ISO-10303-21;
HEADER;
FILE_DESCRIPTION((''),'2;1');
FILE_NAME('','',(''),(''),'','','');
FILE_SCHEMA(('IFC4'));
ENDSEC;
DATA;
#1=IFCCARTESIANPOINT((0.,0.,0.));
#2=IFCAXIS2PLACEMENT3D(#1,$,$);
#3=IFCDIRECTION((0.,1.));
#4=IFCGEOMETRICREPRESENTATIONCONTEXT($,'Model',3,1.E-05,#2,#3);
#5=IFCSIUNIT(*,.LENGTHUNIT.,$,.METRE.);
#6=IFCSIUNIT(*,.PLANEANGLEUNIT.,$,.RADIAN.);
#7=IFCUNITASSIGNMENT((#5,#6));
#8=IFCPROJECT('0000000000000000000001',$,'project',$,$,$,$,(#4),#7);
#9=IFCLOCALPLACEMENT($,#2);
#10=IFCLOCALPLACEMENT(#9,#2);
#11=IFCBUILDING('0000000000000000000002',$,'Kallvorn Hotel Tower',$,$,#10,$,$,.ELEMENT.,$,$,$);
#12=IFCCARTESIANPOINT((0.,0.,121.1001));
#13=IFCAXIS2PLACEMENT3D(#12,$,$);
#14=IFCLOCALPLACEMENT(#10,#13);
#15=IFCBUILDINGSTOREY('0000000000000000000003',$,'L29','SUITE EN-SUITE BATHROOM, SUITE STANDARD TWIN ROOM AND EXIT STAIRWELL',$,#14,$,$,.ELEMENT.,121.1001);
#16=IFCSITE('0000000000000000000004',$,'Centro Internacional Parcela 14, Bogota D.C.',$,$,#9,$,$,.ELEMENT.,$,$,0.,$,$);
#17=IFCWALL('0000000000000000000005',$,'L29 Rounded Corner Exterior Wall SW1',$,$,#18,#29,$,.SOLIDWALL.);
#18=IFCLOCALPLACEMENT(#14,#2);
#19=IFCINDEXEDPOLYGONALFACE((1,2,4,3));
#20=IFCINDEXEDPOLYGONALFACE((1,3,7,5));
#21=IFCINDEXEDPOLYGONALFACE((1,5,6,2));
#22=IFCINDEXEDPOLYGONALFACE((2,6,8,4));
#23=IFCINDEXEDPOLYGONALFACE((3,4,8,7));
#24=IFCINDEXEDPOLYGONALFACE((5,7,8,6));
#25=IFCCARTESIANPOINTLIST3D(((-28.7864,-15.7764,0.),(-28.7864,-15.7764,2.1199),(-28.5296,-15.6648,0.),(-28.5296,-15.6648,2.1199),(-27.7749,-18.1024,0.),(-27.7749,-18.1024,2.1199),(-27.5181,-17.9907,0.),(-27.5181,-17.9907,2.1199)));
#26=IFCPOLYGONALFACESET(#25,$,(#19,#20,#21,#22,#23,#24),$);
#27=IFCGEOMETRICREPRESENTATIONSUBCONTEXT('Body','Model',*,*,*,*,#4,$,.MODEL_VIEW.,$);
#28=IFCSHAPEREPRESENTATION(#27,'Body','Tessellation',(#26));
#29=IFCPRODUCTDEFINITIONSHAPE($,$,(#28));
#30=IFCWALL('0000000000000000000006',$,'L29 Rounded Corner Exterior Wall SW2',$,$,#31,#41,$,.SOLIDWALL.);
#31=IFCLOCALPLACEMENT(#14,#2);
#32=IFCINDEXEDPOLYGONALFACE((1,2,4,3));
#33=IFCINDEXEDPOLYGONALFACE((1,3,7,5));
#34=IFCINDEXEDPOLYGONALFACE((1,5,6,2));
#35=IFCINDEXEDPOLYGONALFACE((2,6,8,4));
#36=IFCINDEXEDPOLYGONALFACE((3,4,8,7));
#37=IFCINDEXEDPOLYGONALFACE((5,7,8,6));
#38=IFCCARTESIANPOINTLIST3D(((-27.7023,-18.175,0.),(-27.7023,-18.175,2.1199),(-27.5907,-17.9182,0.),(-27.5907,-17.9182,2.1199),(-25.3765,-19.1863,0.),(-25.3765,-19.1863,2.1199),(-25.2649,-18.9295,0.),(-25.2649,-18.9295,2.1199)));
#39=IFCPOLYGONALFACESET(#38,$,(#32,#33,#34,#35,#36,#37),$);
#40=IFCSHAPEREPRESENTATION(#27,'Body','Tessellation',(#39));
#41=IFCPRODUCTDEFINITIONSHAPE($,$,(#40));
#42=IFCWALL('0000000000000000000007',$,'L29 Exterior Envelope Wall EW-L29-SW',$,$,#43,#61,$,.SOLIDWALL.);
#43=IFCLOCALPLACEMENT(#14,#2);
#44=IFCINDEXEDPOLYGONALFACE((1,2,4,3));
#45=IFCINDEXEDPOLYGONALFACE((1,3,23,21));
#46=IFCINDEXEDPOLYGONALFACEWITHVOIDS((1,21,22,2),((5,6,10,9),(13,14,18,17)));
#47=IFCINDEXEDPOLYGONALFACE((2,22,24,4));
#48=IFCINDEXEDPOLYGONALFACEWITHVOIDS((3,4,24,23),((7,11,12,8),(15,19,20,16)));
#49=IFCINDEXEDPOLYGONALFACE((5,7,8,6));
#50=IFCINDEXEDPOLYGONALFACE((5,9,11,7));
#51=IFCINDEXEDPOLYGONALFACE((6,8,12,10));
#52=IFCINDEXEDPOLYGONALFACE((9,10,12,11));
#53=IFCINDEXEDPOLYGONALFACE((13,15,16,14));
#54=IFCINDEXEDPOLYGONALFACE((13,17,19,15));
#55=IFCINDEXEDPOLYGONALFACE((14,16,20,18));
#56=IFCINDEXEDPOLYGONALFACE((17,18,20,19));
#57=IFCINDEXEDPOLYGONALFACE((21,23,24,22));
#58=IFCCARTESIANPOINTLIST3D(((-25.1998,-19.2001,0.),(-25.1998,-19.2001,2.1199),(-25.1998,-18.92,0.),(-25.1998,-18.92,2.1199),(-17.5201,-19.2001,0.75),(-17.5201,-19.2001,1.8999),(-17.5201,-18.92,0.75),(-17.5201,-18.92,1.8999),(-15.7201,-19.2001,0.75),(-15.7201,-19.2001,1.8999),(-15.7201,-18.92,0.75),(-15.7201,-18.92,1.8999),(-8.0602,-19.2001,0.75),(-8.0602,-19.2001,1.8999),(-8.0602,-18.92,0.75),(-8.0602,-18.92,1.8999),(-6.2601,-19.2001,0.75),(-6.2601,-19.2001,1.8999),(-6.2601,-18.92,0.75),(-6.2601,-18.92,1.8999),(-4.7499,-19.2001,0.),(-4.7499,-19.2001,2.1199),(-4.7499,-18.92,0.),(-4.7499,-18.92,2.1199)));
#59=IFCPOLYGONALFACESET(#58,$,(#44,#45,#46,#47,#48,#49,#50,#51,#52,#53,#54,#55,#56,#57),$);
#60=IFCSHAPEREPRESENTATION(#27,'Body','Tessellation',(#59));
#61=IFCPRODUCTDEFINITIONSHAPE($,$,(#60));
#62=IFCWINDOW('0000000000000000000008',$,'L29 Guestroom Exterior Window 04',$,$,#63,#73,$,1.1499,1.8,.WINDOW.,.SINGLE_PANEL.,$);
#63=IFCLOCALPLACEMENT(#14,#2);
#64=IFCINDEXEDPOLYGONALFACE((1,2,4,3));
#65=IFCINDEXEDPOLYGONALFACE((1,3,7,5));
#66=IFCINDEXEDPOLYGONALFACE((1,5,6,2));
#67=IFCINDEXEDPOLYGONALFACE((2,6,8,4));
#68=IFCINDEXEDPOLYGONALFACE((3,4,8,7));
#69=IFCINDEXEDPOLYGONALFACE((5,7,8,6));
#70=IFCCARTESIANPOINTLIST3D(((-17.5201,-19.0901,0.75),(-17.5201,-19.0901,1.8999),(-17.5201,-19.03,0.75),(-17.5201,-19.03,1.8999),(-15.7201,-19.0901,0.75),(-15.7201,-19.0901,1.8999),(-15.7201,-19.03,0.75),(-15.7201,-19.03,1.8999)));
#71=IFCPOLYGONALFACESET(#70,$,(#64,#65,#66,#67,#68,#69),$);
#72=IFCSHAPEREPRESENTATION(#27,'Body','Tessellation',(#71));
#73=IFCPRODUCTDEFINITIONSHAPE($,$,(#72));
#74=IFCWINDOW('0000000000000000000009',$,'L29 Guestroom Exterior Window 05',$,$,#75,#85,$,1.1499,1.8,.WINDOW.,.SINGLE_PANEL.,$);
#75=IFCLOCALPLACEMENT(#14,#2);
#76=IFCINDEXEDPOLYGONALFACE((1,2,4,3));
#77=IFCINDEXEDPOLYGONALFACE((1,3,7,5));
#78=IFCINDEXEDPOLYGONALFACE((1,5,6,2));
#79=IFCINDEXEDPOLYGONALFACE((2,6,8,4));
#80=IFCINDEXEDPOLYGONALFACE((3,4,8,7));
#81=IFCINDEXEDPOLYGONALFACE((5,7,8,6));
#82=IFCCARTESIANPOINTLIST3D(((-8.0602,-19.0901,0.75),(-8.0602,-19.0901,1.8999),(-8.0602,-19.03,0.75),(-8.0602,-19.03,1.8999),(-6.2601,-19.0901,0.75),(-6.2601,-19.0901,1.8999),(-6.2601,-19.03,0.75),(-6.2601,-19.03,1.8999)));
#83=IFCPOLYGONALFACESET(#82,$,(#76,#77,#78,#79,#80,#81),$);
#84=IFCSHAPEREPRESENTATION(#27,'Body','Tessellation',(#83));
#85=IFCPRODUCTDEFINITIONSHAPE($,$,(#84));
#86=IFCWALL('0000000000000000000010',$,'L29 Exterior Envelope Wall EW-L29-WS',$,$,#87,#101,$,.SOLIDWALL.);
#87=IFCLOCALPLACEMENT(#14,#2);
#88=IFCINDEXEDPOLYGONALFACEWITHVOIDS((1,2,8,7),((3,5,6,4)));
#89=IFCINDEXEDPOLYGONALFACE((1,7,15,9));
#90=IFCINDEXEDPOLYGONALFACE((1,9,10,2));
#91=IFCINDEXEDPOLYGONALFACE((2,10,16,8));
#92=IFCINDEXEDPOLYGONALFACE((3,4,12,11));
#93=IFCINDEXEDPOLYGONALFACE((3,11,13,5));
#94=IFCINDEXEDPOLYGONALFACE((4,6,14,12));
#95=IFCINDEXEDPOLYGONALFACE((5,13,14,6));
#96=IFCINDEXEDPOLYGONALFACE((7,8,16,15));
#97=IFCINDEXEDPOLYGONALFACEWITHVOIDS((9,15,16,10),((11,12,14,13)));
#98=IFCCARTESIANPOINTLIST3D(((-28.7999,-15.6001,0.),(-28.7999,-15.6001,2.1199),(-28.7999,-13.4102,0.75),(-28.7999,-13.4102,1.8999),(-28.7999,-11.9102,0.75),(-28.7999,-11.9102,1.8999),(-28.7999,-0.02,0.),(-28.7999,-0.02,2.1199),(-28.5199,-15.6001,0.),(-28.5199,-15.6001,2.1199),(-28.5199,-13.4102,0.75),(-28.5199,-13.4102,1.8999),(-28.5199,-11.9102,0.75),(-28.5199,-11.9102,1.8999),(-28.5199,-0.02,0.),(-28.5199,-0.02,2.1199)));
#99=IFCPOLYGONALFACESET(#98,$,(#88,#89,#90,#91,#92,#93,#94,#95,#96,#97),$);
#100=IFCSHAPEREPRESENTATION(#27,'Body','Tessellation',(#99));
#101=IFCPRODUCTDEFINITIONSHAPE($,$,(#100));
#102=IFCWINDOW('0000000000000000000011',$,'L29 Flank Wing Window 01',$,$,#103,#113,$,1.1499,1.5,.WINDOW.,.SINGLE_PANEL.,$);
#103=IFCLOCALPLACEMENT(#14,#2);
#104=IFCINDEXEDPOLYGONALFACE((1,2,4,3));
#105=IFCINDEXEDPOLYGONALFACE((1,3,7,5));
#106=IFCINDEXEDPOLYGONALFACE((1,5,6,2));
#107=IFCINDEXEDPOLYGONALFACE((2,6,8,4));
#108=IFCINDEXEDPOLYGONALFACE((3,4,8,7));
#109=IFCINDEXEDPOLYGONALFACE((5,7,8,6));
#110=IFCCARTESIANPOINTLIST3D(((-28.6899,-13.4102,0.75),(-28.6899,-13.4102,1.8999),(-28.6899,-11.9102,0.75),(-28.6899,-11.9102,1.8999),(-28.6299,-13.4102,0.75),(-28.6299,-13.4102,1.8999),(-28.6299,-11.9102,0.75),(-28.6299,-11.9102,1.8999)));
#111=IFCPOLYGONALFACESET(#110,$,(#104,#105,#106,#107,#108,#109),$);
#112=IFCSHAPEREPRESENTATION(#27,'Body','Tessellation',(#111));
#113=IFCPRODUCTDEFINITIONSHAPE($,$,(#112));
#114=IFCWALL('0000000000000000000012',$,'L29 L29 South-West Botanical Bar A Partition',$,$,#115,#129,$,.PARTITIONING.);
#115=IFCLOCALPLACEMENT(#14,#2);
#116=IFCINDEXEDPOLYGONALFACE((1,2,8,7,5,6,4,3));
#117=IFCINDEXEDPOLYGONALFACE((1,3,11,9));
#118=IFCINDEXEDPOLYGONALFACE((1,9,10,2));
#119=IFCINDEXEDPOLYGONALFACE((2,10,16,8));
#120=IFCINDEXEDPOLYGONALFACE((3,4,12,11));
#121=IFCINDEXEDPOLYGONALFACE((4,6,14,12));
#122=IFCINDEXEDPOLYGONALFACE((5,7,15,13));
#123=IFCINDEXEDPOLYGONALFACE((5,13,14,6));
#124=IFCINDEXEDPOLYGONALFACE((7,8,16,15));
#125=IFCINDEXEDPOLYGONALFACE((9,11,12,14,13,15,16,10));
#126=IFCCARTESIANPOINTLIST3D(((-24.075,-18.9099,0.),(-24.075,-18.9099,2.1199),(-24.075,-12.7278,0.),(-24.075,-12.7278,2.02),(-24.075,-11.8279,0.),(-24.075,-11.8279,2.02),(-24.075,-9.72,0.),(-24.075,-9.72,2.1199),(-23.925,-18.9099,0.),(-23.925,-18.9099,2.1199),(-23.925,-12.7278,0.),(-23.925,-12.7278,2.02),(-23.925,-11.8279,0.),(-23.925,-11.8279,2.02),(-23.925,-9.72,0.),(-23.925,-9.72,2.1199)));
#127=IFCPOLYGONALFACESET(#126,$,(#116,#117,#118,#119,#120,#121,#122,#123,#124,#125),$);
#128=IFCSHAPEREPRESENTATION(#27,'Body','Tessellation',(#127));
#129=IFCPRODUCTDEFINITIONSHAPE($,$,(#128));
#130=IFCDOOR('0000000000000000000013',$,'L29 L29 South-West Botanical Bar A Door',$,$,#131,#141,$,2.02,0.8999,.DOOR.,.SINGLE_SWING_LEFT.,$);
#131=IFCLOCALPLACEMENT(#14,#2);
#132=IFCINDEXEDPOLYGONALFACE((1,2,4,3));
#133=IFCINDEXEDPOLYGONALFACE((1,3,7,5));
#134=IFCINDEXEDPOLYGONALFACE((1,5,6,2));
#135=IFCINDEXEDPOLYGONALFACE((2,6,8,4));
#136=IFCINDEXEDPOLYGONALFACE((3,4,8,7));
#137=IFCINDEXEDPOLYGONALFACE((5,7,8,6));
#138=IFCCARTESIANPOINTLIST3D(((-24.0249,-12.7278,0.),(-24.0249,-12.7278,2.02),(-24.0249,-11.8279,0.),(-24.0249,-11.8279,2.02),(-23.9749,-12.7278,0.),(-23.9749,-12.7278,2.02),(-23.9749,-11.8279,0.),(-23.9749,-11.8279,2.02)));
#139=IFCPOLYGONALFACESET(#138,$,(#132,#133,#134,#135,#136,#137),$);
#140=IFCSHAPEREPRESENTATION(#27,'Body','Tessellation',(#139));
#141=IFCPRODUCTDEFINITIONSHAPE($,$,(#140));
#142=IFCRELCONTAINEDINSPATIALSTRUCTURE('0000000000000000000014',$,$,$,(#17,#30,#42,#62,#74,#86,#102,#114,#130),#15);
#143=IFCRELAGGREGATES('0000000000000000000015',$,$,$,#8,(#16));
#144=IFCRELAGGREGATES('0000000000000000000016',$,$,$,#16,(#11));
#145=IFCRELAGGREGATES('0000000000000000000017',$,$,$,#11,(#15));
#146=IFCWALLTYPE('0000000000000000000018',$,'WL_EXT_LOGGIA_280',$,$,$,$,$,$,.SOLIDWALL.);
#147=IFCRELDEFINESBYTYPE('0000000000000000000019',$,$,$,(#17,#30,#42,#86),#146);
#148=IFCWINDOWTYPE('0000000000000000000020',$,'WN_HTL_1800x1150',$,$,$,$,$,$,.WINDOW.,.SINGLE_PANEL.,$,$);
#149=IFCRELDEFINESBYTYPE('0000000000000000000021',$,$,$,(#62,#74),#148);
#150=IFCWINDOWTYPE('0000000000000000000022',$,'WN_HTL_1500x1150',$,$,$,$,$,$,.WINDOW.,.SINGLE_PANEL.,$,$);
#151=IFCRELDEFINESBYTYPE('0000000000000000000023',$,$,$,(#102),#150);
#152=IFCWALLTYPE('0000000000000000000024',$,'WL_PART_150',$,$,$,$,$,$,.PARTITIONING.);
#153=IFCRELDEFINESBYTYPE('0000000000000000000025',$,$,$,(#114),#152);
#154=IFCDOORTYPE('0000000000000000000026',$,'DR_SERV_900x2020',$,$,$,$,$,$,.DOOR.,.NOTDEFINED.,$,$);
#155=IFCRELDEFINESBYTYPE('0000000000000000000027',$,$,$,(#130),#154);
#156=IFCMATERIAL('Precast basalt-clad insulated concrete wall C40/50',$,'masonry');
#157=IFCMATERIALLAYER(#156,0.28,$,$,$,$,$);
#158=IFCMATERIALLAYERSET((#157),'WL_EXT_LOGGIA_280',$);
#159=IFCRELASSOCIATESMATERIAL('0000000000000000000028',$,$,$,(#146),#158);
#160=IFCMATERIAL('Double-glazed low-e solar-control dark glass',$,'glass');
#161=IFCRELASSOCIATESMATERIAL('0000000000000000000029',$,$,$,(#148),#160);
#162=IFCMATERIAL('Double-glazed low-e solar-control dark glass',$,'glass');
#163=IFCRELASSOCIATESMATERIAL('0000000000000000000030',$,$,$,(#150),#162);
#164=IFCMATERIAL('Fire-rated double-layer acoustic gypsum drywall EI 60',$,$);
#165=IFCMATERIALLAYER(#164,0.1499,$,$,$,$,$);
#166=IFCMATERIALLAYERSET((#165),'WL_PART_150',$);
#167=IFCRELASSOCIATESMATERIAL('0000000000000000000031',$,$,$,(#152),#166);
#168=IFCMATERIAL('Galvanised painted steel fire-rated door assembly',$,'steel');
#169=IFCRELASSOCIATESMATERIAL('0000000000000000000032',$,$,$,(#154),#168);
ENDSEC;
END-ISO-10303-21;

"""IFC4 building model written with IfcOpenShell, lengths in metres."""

from ifc_helpers import new_model, si_unit, direction, frame, frame_2d, origin, place, context, subcontext, project, spatial, rectangle, extrude, material, layer, layer_set, type_object, element, fill, save


model = new_model("IFC4")

# Units and contexts
model_context = context("Model", 3, precision=1e-05, world=origin(), true_north=direction((0.0, 1.0)))
body_context = subcontext(model_context, "Body", "Model", "MODEL_VIEW")
ifc_project = project(units=[si_unit("LENGTHUNIT", "METRE"), si_unit("PLANEANGLEUNIT", "RADIAN")], contexts=[model_context])

# Site, building, storey
site_placement = place(None, origin())
site = spatial("IfcSite", under=ifc_project, at=site_placement, Name="Centro Internacional Parcela 14, Bogota D.C.", CompositionType="ELEMENT", RefElevation=0.0)
building_placement = place(site_placement, origin())
building = spatial("IfcBuilding", under=site, at=building_placement, Name="Kallvorn Hotel Tower", CompositionType="ELEMENT")
storey_placement = place(building_placement, frame((0.0, 0.0, 121.1001)))
storey = spatial("IfcBuildingStorey", under=building, at=storey_placement, Name="L29", Description="SUITE EN-SUITE BATHROOM, SUITE STANDARD TWIN ROOM AND EXIT STAIRWELL", CompositionType="ELEMENT", Elevation=121.1001)

# Walls
ifc_material_1 = material(Name="Precast basalt-clad insulated concrete wall C40/50", Category="masonry")
ifc_layer_1 = layer(ifc_material_1, 0.28)
ifc_layer_set_1 = layer_set([ifc_layer_1], Name="WL_EXT_LOGGIA_280")
wall_type_1 = type_object("IfcWallType", Name="WL_EXT_LOGGIA_280", PredefinedType="SOLIDWALL", material=ifc_layer_set_1)
wall_1_placement = place(storey_placement, frame((-28.658, -15.7207, 0.0), z_axis=(0.0, 0.0, 1.0), x_axis=(0.398793, -0.917041, 0.0)))
element("IfcWall", 1, at=wall_1_placement, inside=storey, type_object=wall_type_1, Name="L29 Rounded Corner Exterior Wall SW1", PredefinedType="SOLIDWALL", context=body_context, shape_type="SweptSolid", body=[
    extrude(rectangle(XDim=2.5364, YDim=0.28, at=frame_2d((1.2681, 0.0))), origin(), (0.0, 0.0, 1.0), 2.1199),
])
wall_2_placement = place(storey_placement, frame((-27.6465, -18.0466, 0.0), z_axis=(0.0, 0.0, 1.0), x_axis=(0.917061, -0.398747, 0.0)))
element("IfcWall", 2, at=wall_2_placement, inside=storey, type_object=wall_type_1, Name="L29 Rounded Corner Exterior Wall SW2", PredefinedType="SOLIDWALL", context=body_context, shape_type="SweptSolid", body=[
    extrude(rectangle(XDim=2.5361, YDim=0.28, at=frame_2d((1.2681, 0.0))), origin(), (0.0, 0.0, 1.0), 2.1199),
])

# Wall, openings, windows
wall_3_placement = place(storey_placement, frame((-25.2, -19.0601, 0.0), z_axis=(0.0, 0.0, 1.0), x_axis=(1.0, 0.0, 0.0)))
wall_3 = element("IfcWall", 3, at=wall_3_placement, inside=storey, type_object=wall_type_1, Name="L29 Exterior Envelope Wall EW-L29-SW", PredefinedType="SOLIDWALL", context=body_context, shape_type="SweptSolid", body=[
    extrude(rectangle(XDim=20.45, YDim=0.28, at=frame_2d((10.2251, 0.0))), origin(), (0.0, 0.0, 1.0), 2.1199),
])
opening_1_placement = place(wall_3_placement, frame((7.6799, 0.0, 0.75)))
opening_1 = element("IfcOpeningElement", 4, at=opening_1_placement, cuts=wall_3, PredefinedType="OPENING", context=body_context, shape_type="SweptSolid", body=[
    extrude(rectangle(XDim=1.8, YDim=1.1499, at=frame_2d((0.8999, 0.575))), frame((0.0, 0.155, 0.0), z_axis=(0.0, -1.0, 0.0), x_axis=(1.0, 0.0, 0.0)), (0.0, 0.0, 1.0), 0.3101),
])
opening_2_placement = place(wall_3_placement, frame((17.1399, 0.0, 0.75)))
opening_2 = element("IfcOpeningElement", 5, at=opening_2_placement, cuts=wall_3, PredefinedType="OPENING", context=body_context, shape_type="SweptSolid", body=[
    extrude(rectangle(XDim=1.8, YDim=1.1499, at=frame_2d((0.8999, 0.575))), frame((0.0, 0.155, 0.0), z_axis=(0.0, -1.0, 0.0), x_axis=(1.0, 0.0, 0.0)), (0.0, 0.0, 1.0), 0.3101),
])
ifc_material_2 = material(Name="Double-glazed low-e solar-control dark glass", Category="glass")
window_type_1 = type_object("IfcWindowType", Name="WN_HTL_1800x1150", PartitioningType="SINGLE_PANEL", PredefinedType="WINDOW", material=ifc_material_2)
window_1_placement = place(opening_1_placement, origin())
window_1 = element("IfcWindow", 6, at=window_1_placement, inside=storey, type_object=window_type_1, Name="L29 Guestroom Exterior Window 04", OverallHeight=1.1499, OverallWidth=1.8, PartitioningType="SINGLE_PANEL", PredefinedType="WINDOW", context=body_context, shape_type="SweptSolid", body=[
    extrude(rectangle(XDim=1.8, YDim=1.1499, at=frame_2d((0.8999, 0.575))), frame((0.0, 0.03, 0.0), z_axis=(0.0, -1.0, 0.0), x_axis=(1.0, 0.0, 0.0)), (0.0, 0.0, 1.0), 0.0601),
])
fill(opening_1, window_1)
window_2_placement = place(opening_2_placement, origin())
window_2 = element("IfcWindow", 7, at=window_2_placement, inside=storey, type_object=window_type_1, Name="L29 Guestroom Exterior Window 05", OverallHeight=1.1499, OverallWidth=1.8, PartitioningType="SINGLE_PANEL", PredefinedType="WINDOW", context=body_context, shape_type="SweptSolid", body=[
    extrude(rectangle(XDim=1.8, YDim=1.1499, at=frame_2d((0.8999, 0.575))), frame((0.0, 0.03, 0.0), z_axis=(0.0, -1.0, 0.0), x_axis=(1.0, 0.0, 0.0)), (0.0, 0.0, 1.0), 0.0601),
])
fill(opening_2, window_2)

# Wall, opening, window
wall_4_placement = place(storey_placement, frame((-28.6599, -15.6001, 0.0), z_axis=(0.0, 0.0, 1.0), x_axis=(0.0, 1.0, 0.0)))
wall_4 = element("IfcWall", 8, at=wall_4_placement, inside=storey, type_object=wall_type_1, Name="L29 Exterior Envelope Wall EW-L29-WS", PredefinedType="SOLIDWALL", context=body_context, shape_type="SweptSolid", body=[
    extrude(rectangle(XDim=15.5801, YDim=0.28, at=frame_2d((7.79, 0.0))), origin(), (0.0, 0.0, 1.0), 2.1199),
])
opening_3_placement = place(wall_4_placement, frame((2.1899, 0.0, 0.75)))
opening_3 = element("IfcOpeningElement", 9, at=opening_3_placement, cuts=wall_4, PredefinedType="OPENING", context=body_context, shape_type="SweptSolid", body=[
    extrude(rectangle(XDim=1.5, YDim=1.1499, at=frame_2d((0.75, 0.575))), frame((0.0, 0.155, 0.0), z_axis=(0.0, -1.0, 0.0), x_axis=(1.0, 0.0, 0.0)), (0.0, 0.0, 1.0), 0.3101),
])
ifc_material_3 = material(Name="Double-glazed low-e solar-control dark glass", Category="glass")
window_type_2 = type_object("IfcWindowType", Name="WN_HTL_1500x1150", PartitioningType="SINGLE_PANEL", PredefinedType="WINDOW", material=ifc_material_3)
window_3_placement = place(opening_3_placement, origin())
window_3 = element("IfcWindow", 10, at=window_3_placement, inside=storey, type_object=window_type_2, Name="L29 Flank Wing Window 01", OverallHeight=1.1499, OverallWidth=1.5, PartitioningType="SINGLE_PANEL", PredefinedType="WINDOW", context=body_context, shape_type="SweptSolid", body=[
    extrude(rectangle(XDim=1.5, YDim=1.1499, at=frame_2d((0.75, 0.575))), frame((0.0, 0.03, 0.0), z_axis=(0.0, -1.0, 0.0), x_axis=(1.0, 0.0, 0.0)), (0.0, 0.0, 1.0), 0.0601),
])
fill(opening_3, window_3)

# Wall, opening, door
ifc_material_4 = material(Name="Fire-rated double-layer acoustic gypsum drywall EI 60")
ifc_layer_2 = layer(ifc_material_4, 0.1499)
ifc_layer_set_2 = layer_set([ifc_layer_2], Name="WL_PART_150")
wall_type_2 = type_object("IfcWallType", Name="WL_PART_150", PredefinedType="PARTITIONING", material=ifc_layer_set_2)
wall_5_placement = place(storey_placement, frame((-24.0, -18.9099, 0.0), z_axis=(0.0, 0.0, 1.0), x_axis=(0.0, 1.0, 0.0)))
wall_5 = element("IfcWall", 11, at=wall_5_placement, inside=storey, type_object=wall_type_2, Name="L29 L29 South-West Botanical Bar A Partition", PredefinedType="PARTITIONING", context=body_context, shape_type="SweptSolid", body=[
    extrude(rectangle(XDim=9.1899, YDim=0.1499, at=frame_2d((4.595, 0.0))), origin(), (0.0, 0.0, 1.0), 2.1199),
])
opening_4_placement = place(wall_5_placement, frame((6.1821, 0.0, 0.0)))
opening_4 = element("IfcOpeningElement", 12, at=opening_4_placement, cuts=wall_5, PredefinedType="OPENING", context=body_context, shape_type="SweptSolid", body=[
    extrude(rectangle(XDim=0.8999, YDim=2.02, at=frame_2d((0.45, 1.01))), frame((0.0, 0.0898, 0.0), z_axis=(0.0, -1.0, 0.0), x_axis=(1.0, 0.0, 0.0)), (0.0, 0.0, 1.0), 0.1799),
])
ifc_material_5 = material(Name="Galvanised painted steel fire-rated door assembly", Category="steel")
door_type = type_object("IfcDoorType", Name="DR_SERV_900x2020", OperationType="NOTDEFINED", PredefinedType="DOOR", material=ifc_material_5)
door_placement = place(opening_4_placement, origin())
door = element("IfcDoor", 13, at=door_placement, inside=storey, type_object=door_type, Name="L29 L29 South-West Botanical Bar A Door", OperationType="SINGLE_SWING_LEFT", OverallHeight=2.02, OverallWidth=0.8999, PredefinedType="DOOR", context=body_context, shape_type="SweptSolid", body=[
    extrude(rectangle(XDim=0.8999, YDim=2.02, at=frame_2d((0.45, 1.01))), frame((0.0, 0.0249, 0.0), z_axis=(0.0, -1.0, 0.0), x_axis=(1.0, 0.0, 0.0)), (0.0, 0.0, 1.0), 0.05),
])
fill(opening_4, door)

save(model, "model.ifc")
